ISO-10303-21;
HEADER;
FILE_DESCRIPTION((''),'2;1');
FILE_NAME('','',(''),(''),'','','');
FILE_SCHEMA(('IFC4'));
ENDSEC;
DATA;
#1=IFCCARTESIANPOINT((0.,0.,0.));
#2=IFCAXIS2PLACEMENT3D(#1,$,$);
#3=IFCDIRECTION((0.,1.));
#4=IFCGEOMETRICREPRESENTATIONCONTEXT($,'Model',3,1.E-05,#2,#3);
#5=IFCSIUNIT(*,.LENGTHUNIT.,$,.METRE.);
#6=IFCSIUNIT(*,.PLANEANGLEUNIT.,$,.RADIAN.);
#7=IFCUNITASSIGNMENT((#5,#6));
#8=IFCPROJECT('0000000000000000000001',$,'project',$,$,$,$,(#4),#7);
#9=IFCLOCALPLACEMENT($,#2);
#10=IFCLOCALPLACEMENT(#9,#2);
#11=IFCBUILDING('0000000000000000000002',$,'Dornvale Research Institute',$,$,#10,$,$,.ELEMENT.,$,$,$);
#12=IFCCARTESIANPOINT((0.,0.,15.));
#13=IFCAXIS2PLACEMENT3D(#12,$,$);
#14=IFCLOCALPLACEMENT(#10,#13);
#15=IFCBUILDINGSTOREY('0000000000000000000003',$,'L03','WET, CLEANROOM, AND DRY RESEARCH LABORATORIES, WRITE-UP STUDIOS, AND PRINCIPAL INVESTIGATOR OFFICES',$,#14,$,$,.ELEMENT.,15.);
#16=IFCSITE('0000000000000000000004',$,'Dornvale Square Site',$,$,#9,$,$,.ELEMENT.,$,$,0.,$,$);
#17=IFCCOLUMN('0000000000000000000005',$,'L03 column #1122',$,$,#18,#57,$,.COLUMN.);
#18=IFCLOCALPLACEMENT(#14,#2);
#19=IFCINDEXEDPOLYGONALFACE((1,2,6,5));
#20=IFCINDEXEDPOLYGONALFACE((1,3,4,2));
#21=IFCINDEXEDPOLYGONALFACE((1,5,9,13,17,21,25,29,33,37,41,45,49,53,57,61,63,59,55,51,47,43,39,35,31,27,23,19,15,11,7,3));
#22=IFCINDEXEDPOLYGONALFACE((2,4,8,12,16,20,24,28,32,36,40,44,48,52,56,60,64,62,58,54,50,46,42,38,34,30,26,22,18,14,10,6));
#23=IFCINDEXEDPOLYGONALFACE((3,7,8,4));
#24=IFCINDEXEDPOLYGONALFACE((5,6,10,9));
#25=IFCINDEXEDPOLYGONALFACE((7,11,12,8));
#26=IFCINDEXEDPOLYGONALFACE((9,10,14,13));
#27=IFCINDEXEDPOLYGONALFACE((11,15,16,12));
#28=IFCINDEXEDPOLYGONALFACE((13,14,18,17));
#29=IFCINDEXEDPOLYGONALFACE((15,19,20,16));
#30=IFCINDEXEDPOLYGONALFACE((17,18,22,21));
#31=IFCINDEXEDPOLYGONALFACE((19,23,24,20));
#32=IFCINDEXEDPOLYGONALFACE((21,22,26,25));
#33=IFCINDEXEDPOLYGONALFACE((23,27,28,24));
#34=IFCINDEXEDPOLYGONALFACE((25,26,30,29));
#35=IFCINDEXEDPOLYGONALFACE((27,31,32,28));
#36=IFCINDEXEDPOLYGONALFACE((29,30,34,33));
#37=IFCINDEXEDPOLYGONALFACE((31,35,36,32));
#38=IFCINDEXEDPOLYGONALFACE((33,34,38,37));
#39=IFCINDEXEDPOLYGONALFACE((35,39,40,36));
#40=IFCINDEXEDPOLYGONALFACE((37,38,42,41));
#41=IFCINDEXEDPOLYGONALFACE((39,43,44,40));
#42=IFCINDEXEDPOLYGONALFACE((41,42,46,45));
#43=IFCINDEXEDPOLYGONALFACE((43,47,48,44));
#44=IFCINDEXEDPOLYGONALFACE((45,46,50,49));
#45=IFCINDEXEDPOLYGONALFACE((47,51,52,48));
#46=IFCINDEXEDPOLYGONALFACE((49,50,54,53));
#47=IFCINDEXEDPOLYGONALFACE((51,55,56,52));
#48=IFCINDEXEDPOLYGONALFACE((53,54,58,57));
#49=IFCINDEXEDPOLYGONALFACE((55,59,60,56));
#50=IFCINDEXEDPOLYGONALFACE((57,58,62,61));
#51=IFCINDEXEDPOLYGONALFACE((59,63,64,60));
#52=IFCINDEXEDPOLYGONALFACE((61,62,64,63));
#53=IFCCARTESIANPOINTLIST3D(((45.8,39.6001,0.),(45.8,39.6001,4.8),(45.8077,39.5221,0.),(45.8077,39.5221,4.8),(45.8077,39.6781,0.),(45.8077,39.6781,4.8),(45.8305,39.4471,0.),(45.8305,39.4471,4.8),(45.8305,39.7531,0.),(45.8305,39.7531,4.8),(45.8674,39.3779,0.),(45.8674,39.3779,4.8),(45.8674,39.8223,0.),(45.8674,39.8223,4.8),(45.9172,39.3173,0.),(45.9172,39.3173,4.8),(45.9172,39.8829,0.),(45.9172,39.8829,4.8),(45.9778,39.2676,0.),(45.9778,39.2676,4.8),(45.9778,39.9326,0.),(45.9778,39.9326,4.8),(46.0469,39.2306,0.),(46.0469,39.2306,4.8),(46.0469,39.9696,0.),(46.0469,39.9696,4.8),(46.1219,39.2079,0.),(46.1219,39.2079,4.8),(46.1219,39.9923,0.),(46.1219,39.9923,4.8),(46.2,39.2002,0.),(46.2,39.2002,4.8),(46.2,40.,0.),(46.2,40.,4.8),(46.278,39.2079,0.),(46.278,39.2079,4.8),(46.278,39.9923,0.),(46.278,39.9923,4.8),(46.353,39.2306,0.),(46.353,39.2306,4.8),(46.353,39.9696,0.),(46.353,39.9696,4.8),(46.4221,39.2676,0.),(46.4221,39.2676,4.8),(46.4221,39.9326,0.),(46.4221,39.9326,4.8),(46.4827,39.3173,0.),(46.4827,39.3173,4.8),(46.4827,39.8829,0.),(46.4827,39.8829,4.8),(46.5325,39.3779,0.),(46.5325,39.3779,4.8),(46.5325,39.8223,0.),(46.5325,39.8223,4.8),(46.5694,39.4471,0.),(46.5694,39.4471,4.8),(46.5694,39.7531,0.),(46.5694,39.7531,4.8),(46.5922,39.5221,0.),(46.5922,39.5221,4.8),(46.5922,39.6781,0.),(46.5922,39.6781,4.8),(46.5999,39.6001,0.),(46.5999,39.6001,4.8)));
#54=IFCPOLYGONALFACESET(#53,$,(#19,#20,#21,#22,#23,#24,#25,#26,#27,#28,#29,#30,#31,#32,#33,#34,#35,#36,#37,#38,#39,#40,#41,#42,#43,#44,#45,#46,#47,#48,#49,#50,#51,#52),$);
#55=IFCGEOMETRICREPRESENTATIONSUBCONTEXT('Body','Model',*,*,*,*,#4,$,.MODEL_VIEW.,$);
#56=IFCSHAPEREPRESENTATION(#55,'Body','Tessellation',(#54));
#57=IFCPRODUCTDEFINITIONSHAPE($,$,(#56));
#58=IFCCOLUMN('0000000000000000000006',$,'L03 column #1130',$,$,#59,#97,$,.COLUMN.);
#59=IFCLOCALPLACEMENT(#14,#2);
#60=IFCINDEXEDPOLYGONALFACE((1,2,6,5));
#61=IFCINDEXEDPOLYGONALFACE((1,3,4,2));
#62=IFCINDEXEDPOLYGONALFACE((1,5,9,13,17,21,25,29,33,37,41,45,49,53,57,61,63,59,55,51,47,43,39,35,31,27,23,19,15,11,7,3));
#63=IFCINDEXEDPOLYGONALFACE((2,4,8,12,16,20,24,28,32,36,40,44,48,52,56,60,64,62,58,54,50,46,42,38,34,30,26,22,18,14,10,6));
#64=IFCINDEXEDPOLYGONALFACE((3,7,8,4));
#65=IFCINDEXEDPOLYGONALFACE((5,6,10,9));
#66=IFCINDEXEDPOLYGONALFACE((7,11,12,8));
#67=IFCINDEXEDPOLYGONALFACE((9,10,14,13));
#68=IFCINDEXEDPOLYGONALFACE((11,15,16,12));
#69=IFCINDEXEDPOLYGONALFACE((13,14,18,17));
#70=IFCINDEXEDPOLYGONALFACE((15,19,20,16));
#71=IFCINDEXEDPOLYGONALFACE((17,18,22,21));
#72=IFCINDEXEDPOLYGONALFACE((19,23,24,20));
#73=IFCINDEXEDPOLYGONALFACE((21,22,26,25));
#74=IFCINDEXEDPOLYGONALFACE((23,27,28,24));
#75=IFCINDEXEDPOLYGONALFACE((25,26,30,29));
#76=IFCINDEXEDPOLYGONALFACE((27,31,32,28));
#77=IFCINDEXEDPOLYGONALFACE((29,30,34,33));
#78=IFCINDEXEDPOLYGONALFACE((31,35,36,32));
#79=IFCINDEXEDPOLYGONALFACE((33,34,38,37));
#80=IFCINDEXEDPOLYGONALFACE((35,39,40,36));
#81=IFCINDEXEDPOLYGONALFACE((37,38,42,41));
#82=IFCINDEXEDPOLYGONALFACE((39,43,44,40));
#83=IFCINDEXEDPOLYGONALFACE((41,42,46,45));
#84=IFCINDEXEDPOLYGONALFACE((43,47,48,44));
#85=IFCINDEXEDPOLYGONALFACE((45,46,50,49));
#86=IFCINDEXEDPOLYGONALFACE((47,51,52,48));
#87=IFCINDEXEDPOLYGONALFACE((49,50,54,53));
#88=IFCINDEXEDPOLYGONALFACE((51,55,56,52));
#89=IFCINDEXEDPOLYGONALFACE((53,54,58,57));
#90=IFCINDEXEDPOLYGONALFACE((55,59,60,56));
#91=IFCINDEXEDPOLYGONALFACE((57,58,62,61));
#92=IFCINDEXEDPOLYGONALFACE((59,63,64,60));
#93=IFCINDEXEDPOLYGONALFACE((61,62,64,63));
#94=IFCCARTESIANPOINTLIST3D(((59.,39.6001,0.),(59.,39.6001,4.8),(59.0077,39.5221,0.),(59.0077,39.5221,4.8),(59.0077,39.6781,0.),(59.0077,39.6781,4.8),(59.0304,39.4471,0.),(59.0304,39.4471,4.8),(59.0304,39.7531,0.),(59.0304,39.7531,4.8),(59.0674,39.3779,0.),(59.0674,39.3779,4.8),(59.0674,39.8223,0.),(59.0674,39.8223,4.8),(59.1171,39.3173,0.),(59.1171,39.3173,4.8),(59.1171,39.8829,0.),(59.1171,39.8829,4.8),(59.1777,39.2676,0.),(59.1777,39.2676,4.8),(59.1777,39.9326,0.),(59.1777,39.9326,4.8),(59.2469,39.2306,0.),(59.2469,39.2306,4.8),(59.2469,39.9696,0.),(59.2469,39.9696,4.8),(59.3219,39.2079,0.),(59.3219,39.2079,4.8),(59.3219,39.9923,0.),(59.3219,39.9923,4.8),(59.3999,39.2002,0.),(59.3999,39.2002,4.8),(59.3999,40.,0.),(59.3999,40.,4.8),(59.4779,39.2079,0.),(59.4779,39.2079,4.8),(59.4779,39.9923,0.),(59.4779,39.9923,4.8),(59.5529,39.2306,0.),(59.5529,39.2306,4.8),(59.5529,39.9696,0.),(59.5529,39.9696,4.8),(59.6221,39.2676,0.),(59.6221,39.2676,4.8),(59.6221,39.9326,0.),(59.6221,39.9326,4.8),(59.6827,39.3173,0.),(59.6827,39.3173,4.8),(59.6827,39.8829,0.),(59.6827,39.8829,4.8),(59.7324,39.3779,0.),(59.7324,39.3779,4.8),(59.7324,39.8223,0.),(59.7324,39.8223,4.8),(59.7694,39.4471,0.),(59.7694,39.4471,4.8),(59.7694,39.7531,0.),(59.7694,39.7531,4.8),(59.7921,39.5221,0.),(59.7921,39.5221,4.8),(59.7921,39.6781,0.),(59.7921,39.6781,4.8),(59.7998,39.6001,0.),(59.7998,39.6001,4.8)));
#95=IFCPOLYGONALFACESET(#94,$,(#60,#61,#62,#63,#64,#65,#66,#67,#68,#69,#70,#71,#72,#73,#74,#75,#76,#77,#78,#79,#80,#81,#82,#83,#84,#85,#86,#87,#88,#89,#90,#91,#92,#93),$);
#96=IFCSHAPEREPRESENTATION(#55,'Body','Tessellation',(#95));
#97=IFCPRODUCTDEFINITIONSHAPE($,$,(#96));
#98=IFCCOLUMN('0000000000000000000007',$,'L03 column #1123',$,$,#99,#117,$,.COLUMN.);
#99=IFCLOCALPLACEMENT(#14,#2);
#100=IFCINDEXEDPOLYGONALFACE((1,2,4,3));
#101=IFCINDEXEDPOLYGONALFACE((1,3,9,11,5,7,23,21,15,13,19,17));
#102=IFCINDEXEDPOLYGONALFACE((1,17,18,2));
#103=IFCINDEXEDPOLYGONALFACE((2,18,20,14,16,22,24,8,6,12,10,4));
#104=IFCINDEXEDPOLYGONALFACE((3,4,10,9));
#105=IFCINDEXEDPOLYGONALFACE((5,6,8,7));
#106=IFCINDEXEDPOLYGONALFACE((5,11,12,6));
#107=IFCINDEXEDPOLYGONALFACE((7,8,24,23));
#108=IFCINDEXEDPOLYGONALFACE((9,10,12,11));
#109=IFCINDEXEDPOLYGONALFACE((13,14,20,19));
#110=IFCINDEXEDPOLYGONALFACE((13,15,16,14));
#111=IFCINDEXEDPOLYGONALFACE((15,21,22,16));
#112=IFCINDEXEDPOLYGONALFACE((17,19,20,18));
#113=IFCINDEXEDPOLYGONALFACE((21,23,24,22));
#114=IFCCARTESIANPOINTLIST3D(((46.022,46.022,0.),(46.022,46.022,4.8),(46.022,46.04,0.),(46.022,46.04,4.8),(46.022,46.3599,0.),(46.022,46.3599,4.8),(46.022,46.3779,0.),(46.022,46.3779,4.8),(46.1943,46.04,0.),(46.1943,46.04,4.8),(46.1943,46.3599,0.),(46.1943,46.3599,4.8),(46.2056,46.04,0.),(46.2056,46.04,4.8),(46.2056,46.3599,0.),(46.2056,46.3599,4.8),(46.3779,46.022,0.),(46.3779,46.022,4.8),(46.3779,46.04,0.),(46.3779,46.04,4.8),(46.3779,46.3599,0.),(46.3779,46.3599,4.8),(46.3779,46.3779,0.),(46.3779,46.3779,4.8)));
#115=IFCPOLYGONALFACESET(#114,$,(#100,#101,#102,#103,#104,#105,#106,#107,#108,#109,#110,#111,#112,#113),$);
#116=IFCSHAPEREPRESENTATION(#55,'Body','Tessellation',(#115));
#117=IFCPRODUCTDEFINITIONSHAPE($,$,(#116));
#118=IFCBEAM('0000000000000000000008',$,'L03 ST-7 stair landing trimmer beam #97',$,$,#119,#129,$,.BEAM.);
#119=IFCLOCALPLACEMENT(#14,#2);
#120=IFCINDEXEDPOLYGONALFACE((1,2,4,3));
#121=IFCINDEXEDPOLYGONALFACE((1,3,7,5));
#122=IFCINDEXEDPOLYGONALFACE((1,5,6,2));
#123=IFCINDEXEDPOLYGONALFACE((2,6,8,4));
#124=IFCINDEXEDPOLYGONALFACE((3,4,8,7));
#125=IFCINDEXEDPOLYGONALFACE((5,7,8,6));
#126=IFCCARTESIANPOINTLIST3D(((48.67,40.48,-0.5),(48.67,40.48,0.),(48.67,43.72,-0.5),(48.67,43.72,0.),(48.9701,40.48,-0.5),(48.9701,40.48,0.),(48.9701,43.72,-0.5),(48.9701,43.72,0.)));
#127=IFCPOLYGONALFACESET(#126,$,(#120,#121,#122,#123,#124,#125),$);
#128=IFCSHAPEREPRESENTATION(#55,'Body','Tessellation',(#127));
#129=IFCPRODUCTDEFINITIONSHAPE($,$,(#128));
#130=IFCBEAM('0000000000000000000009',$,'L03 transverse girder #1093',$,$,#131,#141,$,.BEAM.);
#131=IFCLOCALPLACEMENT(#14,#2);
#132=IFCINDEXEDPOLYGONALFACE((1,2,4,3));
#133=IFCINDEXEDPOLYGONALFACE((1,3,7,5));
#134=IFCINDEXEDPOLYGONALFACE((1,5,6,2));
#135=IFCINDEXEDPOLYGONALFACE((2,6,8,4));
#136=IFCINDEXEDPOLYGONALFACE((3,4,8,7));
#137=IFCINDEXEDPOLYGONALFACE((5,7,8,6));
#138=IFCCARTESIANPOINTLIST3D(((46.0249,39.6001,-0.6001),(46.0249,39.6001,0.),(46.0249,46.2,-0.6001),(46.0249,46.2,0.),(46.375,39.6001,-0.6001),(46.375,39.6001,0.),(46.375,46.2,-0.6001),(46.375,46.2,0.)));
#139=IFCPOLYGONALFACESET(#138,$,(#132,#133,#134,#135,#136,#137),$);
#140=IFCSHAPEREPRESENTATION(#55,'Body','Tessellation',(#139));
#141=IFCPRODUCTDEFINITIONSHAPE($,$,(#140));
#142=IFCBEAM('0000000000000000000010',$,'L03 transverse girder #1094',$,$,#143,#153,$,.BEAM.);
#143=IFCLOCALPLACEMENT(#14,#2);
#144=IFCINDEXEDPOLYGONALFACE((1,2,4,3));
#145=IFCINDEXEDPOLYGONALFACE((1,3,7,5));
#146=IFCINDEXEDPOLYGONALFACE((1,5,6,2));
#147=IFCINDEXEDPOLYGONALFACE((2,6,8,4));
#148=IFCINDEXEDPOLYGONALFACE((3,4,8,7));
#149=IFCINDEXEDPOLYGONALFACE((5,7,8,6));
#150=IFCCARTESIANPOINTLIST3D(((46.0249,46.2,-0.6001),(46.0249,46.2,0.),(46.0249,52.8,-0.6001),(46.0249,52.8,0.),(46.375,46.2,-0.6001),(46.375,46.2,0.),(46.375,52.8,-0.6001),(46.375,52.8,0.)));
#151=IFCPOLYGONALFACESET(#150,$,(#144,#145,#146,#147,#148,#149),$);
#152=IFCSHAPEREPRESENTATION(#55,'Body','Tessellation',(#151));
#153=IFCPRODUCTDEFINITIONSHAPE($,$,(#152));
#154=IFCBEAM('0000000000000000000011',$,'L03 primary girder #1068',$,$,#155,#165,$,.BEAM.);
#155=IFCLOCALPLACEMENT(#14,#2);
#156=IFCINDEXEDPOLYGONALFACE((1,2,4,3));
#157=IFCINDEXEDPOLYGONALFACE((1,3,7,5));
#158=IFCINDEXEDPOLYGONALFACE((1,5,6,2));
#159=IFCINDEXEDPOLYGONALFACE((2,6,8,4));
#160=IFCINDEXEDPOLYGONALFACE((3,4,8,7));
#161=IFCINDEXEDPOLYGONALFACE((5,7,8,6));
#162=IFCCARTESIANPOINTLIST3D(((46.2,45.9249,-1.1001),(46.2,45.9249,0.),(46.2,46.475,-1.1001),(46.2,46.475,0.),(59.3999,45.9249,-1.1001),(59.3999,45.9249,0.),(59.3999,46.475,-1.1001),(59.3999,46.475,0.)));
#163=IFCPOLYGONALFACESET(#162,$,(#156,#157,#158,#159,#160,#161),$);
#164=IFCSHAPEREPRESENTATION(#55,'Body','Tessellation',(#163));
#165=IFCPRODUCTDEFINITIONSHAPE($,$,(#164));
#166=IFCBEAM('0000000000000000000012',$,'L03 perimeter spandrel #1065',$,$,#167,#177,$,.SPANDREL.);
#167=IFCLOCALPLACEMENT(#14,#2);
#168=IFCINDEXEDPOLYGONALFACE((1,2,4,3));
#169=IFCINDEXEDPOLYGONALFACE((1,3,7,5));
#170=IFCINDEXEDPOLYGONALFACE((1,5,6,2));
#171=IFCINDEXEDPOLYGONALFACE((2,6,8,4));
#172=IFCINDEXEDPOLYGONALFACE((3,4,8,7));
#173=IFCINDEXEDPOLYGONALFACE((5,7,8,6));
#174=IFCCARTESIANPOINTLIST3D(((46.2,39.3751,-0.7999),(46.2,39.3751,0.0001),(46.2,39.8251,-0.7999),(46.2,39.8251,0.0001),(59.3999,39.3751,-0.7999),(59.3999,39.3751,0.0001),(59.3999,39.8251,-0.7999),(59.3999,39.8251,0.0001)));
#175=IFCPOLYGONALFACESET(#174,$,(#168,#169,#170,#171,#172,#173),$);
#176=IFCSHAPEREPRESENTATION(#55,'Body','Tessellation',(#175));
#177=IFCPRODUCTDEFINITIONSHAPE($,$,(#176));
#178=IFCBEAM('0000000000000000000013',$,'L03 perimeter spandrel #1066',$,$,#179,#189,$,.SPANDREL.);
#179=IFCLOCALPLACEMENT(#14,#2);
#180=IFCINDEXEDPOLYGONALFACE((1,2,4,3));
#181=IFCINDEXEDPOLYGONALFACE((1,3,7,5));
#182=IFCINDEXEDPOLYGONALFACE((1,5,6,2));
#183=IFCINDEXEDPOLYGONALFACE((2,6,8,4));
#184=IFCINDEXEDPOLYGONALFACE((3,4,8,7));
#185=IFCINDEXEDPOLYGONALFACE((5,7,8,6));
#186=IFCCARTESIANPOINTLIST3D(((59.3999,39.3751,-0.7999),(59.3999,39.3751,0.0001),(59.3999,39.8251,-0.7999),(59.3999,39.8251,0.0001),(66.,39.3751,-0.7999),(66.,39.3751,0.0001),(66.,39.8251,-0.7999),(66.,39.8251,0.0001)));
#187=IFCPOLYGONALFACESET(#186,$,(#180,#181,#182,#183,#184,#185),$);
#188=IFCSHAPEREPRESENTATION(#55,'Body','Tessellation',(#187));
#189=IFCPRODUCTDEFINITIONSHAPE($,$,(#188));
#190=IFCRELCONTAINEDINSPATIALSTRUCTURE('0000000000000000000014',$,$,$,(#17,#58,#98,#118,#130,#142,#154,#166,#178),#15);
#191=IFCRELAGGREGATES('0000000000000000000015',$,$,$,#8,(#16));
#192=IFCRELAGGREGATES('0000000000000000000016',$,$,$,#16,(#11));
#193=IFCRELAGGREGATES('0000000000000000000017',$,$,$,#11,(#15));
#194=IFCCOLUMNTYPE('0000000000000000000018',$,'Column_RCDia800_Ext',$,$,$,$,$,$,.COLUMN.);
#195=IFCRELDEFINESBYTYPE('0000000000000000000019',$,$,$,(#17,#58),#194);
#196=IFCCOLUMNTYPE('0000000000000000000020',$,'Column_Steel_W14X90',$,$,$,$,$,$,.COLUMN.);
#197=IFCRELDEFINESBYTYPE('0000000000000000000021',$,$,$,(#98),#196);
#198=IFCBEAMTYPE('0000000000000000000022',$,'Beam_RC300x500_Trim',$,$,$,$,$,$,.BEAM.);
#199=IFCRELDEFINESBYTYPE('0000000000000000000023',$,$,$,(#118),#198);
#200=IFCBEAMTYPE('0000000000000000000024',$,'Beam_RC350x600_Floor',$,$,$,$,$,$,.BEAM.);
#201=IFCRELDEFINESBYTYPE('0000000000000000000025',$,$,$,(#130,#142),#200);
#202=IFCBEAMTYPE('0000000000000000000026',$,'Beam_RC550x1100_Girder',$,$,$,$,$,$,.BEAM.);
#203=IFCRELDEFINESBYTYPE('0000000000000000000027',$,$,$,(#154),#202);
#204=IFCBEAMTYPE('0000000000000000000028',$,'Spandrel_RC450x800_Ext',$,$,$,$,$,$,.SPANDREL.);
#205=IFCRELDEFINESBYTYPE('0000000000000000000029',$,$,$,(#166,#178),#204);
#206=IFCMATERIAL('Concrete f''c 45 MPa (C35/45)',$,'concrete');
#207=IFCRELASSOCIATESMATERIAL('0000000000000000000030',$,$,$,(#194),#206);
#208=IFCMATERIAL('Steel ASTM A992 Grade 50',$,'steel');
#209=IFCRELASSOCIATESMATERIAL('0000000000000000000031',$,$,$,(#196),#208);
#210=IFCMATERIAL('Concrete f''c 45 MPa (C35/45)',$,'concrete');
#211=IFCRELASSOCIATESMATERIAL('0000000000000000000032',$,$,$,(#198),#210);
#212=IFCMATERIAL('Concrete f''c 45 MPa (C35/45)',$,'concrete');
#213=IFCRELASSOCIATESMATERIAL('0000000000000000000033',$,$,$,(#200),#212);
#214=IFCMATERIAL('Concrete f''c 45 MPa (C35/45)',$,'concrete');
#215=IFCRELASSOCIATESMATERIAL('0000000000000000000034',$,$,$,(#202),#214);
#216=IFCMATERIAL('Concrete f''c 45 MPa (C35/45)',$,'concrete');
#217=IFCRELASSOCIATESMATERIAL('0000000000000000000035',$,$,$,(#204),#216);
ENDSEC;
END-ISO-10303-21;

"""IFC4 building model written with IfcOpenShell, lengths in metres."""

from ifc_helpers import new_model, si_unit, direction, frame, origin, origin_2d, place, context, subcontext, project, spatial, rectangle, circle, i_section, extrude, material, material_profile, profile_set, type_object, element, save


model = new_model("IFC4")

# Units and contexts
model_context = context("Model", 3, precision=1e-05, world=origin(), true_north=direction((0.0, 1.0)))
body_context = subcontext(model_context, "Body", "Model", "MODEL_VIEW")
ifc_project = project(units=[si_unit("LENGTHUNIT", "METRE"), si_unit("PLANEANGLEUNIT", "RADIAN")], contexts=[model_context])

# Site, building, storey
site_placement = place(None, origin())
site = spatial("IfcSite", under=ifc_project, at=site_placement, Name="Dornvale Square Site", CompositionType="ELEMENT", RefElevation=0.0)
building_placement = place(site_placement, origin())
building = spatial("IfcBuilding", under=site, at=building_placement, Name="Dornvale Research Institute", CompositionType="ELEMENT")
storey_placement = place(building_placement, frame((0.0, 0.0, 15.0)))
storey = spatial("IfcBuildingStorey", under=building, at=storey_placement, Name="L03", Description="WET, CLEANROOM, AND DRY RESEARCH LABORATORIES, WRITE-UP STUDIOS, AND PRINCIPAL INVESTIGATOR OFFICES", CompositionType="ELEMENT", Elevation=15.0)

# Columns
ifc_material_1 = material(Name="Concrete f'c 45 MPa (C35/45)", Category="concrete")
ifc_material_profile_1 = material_profile(ifc_material_1, circle(Radius=0.3999, at=origin_2d()), Name="RC DIA 800")
ifc_profile_set_1 = profile_set([ifc_material_profile_1], Name="Concrete f'c 45 MPa (C35/45)")
column_type_1 = type_object("IfcColumnType", Name="Column_RCDia800_Ext", PredefinedType="COLUMN", material=ifc_profile_set_1)
for number, where, z_axis, x_axis, name in (
    (1, (46.2, 39.6001, 0.0), (0.0, 0.0, 1.0), (1.0, 0.0, 0.0), "L03 column #1122"),
    (2, (59.3999, 39.6001, 0.0), (0.0, 0.0, 1.0), (1.0, 0.0, 0.0), "L03 column #1130"),
):
    element("IfcColumn", number, at=place(storey_placement, frame(where, z_axis=z_axis, x_axis=x_axis)), inside=storey, type_object=column_type_1, Name=name, PredefinedType="COLUMN", context=body_context, shape_type="SweptSolid", body=[
        extrude(circle(Radius=0.3999, at=origin_2d()), origin(), (0.0, 0.0, 1.0), 4.8),
    ])
ifc_material_2 = material(Name="Steel ASTM A992 Grade 50", Category="steel")
ifc_material_profile_2 = material_profile(ifc_material_2, i_section(OverallWidth=0.356, OverallDepth=0.356, WebThickness=0.0112, FlangeThickness=0.0181, at=origin_2d()), Name="W14X90")
ifc_profile_set_2 = profile_set([ifc_material_profile_2], Name="Steel ASTM A992 Grade 50")
column_type_2 = type_object("IfcColumnType", Name="Column_Steel_W14X90", PredefinedType="COLUMN", material=ifc_profile_set_2)
column_placement = place(storey_placement, frame((46.2, 46.2, 0.0), z_axis=(0.0, 0.0, 1.0), x_axis=(1.0, 0.0, 0.0)))
element("IfcColumn", 3, at=column_placement, inside=storey, type_object=column_type_2, Name="L03 column #1123", PredefinedType="COLUMN", context=body_context, shape_type="SweptSolid", body=[
    extrude(i_section(OverallWidth=0.356, OverallDepth=0.356, WebThickness=0.0112, FlangeThickness=0.0181, at=origin_2d()), origin(), (0.0, 0.0, 1.0), 4.8),
])

# Beams
ifc_material_3 = material(Name="Concrete f'c 45 MPa (C35/45)", Category="concrete")
ifc_material_profile_3 = material_profile(ifc_material_3, rectangle(XDim=0.3, YDim=0.5, at=origin_2d()), Name="RC 300x500")
ifc_profile_set_3 = profile_set([ifc_material_profile_3], Name="Concrete f'c 45 MPa (C35/45)")
beam_type_1 = type_object("IfcBeamType", Name="Beam_RC300x500_Trim", PredefinedType="BEAM", material=ifc_profile_set_3)
beam_1_placement = place(storey_placement, frame((48.8201, 40.48, -0.25), z_axis=(0.0, 1.0, 0.0), x_axis=(-1.0, 0.0, 0.0)))
element("IfcBeam", 4, at=beam_1_placement, inside=storey, type_object=beam_type_1, Name="L03 ST-7 stair landing trimmer beam #97", PredefinedType="BEAM", context=body_context, shape_type="SweptSolid", body=[
    extrude(rectangle(XDim=0.3, YDim=0.5, at=origin_2d()), origin(), (0.0, 0.0, 1.0), 3.24),
])
ifc_material_4 = material(Name="Concrete f'c 45 MPa (C35/45)", Category="concrete")
ifc_material_profile_4 = material_profile(ifc_material_4, rectangle(XDim=0.3501, YDim=0.6001, at=origin_2d()), Name="RC 350x600")
ifc_profile_set_4 = profile_set([ifc_material_profile_4], Name="Concrete f'c 45 MPa (C35/45)")
beam_type_2 = type_object("IfcBeamType", Name="Beam_RC350x600_Floor", PredefinedType="BEAM", material=ifc_profile_set_4)
beam_2_placement = place(storey_placement, frame((46.2, 39.6001, -0.3), z_axis=(0.0, 1.0, 0.0), x_axis=(-1.0, 0.0, 0.0)))
element("IfcBeam", 5, at=beam_2_placement, inside=storey, type_object=beam_type_2, Name="L03 transverse girder #1093", PredefinedType="BEAM", context=body_context, shape_type="SweptSolid", body=[
    extrude(rectangle(XDim=0.3501, YDim=0.6001, at=origin_2d()), origin(), (0.0, 0.0, 1.0), 6.5999),
])
beam_3_placement = place(storey_placement, frame((46.2, 46.2, -0.3), z_axis=(0.0, 1.0, 0.0), x_axis=(-1.0, 0.0, 0.0)))
element("IfcBeam", 6, at=beam_3_placement, inside=storey, type_object=beam_type_2, Name="L03 transverse girder #1094", PredefinedType="BEAM", context=body_context, shape_type="SweptSolid", body=[
    extrude(rectangle(XDim=0.3501, YDim=0.6001, at=origin_2d()), origin(), (0.0, 0.0, 1.0), 6.6001),
])
ifc_material_5 = material(Name="Concrete f'c 45 MPa (C35/45)", Category="concrete")
ifc_material_profile_5 = material_profile(ifc_material_5, rectangle(XDim=0.55, YDim=1.1001, at=origin_2d()), Name="RC 550x1100")
ifc_profile_set_5 = profile_set([ifc_material_profile_5], Name="Concrete f'c 45 MPa (C35/45)")
beam_type_3 = type_object("IfcBeamType", Name="Beam_RC550x1100_Girder", PredefinedType="BEAM", material=ifc_profile_set_5)
beam_4_placement = place(storey_placement, frame((46.2, 46.2, -0.55), z_axis=(1.0, 0.0, 0.0), x_axis=(0.0, 1.0, 0.0)))
element("IfcBeam", 7, at=beam_4_placement, inside=storey, type_object=beam_type_3, Name="L03 primary girder #1068", PredefinedType="BEAM", context=body_context, shape_type="SweptSolid", body=[
    extrude(rectangle(XDim=0.55, YDim=1.1001, at=origin_2d()), origin(), (0.0, 0.0, 1.0), 13.2),
])
ifc_material_6 = material(Name="Concrete f'c 45 MPa (C35/45)", Category="concrete")
ifc_material_profile_6 = material_profile(ifc_material_6, rectangle(XDim=0.45, YDim=0.8, at=origin_2d()), Name="RC 450x800")
ifc_profile_set_6 = profile_set([ifc_material_profile_6], Name="Concrete f'c 45 MPa (C35/45)")
beam_type_4 = type_object("IfcBeamType", Name="Spandrel_RC450x800_Ext", PredefinedType="SPANDREL", material=ifc_profile_set_6)
beam_5_placement = place(storey_placement, frame((46.2, 39.6001, -0.3999), z_axis=(1.0, 0.0, 0.0), x_axis=(0.0, 1.0, 0.0)))
element("IfcBeam", 8, at=beam_5_placement, inside=storey, type_object=beam_type_4, Name="L03 perimeter spandrel #1065", PredefinedType="SPANDREL", context=body_context, shape_type="SweptSolid", body=[
    extrude(rectangle(XDim=0.45, YDim=0.8, at=origin_2d()), origin(), (0.0, 0.0, 1.0), 13.2),
])
beam_6_placement = place(storey_placement, frame((59.3999, 39.6001, -0.3999), z_axis=(1.0, 0.0, 0.0), x_axis=(0.0, 1.0, 0.0)))
element("IfcBeam", 9, at=beam_6_placement, inside=storey, type_object=beam_type_4, Name="L03 perimeter spandrel #1066", PredefinedType="SPANDREL", context=body_context, shape_type="SweptSolid", body=[
    extrude(rectangle(XDim=0.45, YDim=0.8, at=origin_2d()), origin(), (0.0, 0.0, 1.0), 6.6001),
])

save(model, "model.ifc")
